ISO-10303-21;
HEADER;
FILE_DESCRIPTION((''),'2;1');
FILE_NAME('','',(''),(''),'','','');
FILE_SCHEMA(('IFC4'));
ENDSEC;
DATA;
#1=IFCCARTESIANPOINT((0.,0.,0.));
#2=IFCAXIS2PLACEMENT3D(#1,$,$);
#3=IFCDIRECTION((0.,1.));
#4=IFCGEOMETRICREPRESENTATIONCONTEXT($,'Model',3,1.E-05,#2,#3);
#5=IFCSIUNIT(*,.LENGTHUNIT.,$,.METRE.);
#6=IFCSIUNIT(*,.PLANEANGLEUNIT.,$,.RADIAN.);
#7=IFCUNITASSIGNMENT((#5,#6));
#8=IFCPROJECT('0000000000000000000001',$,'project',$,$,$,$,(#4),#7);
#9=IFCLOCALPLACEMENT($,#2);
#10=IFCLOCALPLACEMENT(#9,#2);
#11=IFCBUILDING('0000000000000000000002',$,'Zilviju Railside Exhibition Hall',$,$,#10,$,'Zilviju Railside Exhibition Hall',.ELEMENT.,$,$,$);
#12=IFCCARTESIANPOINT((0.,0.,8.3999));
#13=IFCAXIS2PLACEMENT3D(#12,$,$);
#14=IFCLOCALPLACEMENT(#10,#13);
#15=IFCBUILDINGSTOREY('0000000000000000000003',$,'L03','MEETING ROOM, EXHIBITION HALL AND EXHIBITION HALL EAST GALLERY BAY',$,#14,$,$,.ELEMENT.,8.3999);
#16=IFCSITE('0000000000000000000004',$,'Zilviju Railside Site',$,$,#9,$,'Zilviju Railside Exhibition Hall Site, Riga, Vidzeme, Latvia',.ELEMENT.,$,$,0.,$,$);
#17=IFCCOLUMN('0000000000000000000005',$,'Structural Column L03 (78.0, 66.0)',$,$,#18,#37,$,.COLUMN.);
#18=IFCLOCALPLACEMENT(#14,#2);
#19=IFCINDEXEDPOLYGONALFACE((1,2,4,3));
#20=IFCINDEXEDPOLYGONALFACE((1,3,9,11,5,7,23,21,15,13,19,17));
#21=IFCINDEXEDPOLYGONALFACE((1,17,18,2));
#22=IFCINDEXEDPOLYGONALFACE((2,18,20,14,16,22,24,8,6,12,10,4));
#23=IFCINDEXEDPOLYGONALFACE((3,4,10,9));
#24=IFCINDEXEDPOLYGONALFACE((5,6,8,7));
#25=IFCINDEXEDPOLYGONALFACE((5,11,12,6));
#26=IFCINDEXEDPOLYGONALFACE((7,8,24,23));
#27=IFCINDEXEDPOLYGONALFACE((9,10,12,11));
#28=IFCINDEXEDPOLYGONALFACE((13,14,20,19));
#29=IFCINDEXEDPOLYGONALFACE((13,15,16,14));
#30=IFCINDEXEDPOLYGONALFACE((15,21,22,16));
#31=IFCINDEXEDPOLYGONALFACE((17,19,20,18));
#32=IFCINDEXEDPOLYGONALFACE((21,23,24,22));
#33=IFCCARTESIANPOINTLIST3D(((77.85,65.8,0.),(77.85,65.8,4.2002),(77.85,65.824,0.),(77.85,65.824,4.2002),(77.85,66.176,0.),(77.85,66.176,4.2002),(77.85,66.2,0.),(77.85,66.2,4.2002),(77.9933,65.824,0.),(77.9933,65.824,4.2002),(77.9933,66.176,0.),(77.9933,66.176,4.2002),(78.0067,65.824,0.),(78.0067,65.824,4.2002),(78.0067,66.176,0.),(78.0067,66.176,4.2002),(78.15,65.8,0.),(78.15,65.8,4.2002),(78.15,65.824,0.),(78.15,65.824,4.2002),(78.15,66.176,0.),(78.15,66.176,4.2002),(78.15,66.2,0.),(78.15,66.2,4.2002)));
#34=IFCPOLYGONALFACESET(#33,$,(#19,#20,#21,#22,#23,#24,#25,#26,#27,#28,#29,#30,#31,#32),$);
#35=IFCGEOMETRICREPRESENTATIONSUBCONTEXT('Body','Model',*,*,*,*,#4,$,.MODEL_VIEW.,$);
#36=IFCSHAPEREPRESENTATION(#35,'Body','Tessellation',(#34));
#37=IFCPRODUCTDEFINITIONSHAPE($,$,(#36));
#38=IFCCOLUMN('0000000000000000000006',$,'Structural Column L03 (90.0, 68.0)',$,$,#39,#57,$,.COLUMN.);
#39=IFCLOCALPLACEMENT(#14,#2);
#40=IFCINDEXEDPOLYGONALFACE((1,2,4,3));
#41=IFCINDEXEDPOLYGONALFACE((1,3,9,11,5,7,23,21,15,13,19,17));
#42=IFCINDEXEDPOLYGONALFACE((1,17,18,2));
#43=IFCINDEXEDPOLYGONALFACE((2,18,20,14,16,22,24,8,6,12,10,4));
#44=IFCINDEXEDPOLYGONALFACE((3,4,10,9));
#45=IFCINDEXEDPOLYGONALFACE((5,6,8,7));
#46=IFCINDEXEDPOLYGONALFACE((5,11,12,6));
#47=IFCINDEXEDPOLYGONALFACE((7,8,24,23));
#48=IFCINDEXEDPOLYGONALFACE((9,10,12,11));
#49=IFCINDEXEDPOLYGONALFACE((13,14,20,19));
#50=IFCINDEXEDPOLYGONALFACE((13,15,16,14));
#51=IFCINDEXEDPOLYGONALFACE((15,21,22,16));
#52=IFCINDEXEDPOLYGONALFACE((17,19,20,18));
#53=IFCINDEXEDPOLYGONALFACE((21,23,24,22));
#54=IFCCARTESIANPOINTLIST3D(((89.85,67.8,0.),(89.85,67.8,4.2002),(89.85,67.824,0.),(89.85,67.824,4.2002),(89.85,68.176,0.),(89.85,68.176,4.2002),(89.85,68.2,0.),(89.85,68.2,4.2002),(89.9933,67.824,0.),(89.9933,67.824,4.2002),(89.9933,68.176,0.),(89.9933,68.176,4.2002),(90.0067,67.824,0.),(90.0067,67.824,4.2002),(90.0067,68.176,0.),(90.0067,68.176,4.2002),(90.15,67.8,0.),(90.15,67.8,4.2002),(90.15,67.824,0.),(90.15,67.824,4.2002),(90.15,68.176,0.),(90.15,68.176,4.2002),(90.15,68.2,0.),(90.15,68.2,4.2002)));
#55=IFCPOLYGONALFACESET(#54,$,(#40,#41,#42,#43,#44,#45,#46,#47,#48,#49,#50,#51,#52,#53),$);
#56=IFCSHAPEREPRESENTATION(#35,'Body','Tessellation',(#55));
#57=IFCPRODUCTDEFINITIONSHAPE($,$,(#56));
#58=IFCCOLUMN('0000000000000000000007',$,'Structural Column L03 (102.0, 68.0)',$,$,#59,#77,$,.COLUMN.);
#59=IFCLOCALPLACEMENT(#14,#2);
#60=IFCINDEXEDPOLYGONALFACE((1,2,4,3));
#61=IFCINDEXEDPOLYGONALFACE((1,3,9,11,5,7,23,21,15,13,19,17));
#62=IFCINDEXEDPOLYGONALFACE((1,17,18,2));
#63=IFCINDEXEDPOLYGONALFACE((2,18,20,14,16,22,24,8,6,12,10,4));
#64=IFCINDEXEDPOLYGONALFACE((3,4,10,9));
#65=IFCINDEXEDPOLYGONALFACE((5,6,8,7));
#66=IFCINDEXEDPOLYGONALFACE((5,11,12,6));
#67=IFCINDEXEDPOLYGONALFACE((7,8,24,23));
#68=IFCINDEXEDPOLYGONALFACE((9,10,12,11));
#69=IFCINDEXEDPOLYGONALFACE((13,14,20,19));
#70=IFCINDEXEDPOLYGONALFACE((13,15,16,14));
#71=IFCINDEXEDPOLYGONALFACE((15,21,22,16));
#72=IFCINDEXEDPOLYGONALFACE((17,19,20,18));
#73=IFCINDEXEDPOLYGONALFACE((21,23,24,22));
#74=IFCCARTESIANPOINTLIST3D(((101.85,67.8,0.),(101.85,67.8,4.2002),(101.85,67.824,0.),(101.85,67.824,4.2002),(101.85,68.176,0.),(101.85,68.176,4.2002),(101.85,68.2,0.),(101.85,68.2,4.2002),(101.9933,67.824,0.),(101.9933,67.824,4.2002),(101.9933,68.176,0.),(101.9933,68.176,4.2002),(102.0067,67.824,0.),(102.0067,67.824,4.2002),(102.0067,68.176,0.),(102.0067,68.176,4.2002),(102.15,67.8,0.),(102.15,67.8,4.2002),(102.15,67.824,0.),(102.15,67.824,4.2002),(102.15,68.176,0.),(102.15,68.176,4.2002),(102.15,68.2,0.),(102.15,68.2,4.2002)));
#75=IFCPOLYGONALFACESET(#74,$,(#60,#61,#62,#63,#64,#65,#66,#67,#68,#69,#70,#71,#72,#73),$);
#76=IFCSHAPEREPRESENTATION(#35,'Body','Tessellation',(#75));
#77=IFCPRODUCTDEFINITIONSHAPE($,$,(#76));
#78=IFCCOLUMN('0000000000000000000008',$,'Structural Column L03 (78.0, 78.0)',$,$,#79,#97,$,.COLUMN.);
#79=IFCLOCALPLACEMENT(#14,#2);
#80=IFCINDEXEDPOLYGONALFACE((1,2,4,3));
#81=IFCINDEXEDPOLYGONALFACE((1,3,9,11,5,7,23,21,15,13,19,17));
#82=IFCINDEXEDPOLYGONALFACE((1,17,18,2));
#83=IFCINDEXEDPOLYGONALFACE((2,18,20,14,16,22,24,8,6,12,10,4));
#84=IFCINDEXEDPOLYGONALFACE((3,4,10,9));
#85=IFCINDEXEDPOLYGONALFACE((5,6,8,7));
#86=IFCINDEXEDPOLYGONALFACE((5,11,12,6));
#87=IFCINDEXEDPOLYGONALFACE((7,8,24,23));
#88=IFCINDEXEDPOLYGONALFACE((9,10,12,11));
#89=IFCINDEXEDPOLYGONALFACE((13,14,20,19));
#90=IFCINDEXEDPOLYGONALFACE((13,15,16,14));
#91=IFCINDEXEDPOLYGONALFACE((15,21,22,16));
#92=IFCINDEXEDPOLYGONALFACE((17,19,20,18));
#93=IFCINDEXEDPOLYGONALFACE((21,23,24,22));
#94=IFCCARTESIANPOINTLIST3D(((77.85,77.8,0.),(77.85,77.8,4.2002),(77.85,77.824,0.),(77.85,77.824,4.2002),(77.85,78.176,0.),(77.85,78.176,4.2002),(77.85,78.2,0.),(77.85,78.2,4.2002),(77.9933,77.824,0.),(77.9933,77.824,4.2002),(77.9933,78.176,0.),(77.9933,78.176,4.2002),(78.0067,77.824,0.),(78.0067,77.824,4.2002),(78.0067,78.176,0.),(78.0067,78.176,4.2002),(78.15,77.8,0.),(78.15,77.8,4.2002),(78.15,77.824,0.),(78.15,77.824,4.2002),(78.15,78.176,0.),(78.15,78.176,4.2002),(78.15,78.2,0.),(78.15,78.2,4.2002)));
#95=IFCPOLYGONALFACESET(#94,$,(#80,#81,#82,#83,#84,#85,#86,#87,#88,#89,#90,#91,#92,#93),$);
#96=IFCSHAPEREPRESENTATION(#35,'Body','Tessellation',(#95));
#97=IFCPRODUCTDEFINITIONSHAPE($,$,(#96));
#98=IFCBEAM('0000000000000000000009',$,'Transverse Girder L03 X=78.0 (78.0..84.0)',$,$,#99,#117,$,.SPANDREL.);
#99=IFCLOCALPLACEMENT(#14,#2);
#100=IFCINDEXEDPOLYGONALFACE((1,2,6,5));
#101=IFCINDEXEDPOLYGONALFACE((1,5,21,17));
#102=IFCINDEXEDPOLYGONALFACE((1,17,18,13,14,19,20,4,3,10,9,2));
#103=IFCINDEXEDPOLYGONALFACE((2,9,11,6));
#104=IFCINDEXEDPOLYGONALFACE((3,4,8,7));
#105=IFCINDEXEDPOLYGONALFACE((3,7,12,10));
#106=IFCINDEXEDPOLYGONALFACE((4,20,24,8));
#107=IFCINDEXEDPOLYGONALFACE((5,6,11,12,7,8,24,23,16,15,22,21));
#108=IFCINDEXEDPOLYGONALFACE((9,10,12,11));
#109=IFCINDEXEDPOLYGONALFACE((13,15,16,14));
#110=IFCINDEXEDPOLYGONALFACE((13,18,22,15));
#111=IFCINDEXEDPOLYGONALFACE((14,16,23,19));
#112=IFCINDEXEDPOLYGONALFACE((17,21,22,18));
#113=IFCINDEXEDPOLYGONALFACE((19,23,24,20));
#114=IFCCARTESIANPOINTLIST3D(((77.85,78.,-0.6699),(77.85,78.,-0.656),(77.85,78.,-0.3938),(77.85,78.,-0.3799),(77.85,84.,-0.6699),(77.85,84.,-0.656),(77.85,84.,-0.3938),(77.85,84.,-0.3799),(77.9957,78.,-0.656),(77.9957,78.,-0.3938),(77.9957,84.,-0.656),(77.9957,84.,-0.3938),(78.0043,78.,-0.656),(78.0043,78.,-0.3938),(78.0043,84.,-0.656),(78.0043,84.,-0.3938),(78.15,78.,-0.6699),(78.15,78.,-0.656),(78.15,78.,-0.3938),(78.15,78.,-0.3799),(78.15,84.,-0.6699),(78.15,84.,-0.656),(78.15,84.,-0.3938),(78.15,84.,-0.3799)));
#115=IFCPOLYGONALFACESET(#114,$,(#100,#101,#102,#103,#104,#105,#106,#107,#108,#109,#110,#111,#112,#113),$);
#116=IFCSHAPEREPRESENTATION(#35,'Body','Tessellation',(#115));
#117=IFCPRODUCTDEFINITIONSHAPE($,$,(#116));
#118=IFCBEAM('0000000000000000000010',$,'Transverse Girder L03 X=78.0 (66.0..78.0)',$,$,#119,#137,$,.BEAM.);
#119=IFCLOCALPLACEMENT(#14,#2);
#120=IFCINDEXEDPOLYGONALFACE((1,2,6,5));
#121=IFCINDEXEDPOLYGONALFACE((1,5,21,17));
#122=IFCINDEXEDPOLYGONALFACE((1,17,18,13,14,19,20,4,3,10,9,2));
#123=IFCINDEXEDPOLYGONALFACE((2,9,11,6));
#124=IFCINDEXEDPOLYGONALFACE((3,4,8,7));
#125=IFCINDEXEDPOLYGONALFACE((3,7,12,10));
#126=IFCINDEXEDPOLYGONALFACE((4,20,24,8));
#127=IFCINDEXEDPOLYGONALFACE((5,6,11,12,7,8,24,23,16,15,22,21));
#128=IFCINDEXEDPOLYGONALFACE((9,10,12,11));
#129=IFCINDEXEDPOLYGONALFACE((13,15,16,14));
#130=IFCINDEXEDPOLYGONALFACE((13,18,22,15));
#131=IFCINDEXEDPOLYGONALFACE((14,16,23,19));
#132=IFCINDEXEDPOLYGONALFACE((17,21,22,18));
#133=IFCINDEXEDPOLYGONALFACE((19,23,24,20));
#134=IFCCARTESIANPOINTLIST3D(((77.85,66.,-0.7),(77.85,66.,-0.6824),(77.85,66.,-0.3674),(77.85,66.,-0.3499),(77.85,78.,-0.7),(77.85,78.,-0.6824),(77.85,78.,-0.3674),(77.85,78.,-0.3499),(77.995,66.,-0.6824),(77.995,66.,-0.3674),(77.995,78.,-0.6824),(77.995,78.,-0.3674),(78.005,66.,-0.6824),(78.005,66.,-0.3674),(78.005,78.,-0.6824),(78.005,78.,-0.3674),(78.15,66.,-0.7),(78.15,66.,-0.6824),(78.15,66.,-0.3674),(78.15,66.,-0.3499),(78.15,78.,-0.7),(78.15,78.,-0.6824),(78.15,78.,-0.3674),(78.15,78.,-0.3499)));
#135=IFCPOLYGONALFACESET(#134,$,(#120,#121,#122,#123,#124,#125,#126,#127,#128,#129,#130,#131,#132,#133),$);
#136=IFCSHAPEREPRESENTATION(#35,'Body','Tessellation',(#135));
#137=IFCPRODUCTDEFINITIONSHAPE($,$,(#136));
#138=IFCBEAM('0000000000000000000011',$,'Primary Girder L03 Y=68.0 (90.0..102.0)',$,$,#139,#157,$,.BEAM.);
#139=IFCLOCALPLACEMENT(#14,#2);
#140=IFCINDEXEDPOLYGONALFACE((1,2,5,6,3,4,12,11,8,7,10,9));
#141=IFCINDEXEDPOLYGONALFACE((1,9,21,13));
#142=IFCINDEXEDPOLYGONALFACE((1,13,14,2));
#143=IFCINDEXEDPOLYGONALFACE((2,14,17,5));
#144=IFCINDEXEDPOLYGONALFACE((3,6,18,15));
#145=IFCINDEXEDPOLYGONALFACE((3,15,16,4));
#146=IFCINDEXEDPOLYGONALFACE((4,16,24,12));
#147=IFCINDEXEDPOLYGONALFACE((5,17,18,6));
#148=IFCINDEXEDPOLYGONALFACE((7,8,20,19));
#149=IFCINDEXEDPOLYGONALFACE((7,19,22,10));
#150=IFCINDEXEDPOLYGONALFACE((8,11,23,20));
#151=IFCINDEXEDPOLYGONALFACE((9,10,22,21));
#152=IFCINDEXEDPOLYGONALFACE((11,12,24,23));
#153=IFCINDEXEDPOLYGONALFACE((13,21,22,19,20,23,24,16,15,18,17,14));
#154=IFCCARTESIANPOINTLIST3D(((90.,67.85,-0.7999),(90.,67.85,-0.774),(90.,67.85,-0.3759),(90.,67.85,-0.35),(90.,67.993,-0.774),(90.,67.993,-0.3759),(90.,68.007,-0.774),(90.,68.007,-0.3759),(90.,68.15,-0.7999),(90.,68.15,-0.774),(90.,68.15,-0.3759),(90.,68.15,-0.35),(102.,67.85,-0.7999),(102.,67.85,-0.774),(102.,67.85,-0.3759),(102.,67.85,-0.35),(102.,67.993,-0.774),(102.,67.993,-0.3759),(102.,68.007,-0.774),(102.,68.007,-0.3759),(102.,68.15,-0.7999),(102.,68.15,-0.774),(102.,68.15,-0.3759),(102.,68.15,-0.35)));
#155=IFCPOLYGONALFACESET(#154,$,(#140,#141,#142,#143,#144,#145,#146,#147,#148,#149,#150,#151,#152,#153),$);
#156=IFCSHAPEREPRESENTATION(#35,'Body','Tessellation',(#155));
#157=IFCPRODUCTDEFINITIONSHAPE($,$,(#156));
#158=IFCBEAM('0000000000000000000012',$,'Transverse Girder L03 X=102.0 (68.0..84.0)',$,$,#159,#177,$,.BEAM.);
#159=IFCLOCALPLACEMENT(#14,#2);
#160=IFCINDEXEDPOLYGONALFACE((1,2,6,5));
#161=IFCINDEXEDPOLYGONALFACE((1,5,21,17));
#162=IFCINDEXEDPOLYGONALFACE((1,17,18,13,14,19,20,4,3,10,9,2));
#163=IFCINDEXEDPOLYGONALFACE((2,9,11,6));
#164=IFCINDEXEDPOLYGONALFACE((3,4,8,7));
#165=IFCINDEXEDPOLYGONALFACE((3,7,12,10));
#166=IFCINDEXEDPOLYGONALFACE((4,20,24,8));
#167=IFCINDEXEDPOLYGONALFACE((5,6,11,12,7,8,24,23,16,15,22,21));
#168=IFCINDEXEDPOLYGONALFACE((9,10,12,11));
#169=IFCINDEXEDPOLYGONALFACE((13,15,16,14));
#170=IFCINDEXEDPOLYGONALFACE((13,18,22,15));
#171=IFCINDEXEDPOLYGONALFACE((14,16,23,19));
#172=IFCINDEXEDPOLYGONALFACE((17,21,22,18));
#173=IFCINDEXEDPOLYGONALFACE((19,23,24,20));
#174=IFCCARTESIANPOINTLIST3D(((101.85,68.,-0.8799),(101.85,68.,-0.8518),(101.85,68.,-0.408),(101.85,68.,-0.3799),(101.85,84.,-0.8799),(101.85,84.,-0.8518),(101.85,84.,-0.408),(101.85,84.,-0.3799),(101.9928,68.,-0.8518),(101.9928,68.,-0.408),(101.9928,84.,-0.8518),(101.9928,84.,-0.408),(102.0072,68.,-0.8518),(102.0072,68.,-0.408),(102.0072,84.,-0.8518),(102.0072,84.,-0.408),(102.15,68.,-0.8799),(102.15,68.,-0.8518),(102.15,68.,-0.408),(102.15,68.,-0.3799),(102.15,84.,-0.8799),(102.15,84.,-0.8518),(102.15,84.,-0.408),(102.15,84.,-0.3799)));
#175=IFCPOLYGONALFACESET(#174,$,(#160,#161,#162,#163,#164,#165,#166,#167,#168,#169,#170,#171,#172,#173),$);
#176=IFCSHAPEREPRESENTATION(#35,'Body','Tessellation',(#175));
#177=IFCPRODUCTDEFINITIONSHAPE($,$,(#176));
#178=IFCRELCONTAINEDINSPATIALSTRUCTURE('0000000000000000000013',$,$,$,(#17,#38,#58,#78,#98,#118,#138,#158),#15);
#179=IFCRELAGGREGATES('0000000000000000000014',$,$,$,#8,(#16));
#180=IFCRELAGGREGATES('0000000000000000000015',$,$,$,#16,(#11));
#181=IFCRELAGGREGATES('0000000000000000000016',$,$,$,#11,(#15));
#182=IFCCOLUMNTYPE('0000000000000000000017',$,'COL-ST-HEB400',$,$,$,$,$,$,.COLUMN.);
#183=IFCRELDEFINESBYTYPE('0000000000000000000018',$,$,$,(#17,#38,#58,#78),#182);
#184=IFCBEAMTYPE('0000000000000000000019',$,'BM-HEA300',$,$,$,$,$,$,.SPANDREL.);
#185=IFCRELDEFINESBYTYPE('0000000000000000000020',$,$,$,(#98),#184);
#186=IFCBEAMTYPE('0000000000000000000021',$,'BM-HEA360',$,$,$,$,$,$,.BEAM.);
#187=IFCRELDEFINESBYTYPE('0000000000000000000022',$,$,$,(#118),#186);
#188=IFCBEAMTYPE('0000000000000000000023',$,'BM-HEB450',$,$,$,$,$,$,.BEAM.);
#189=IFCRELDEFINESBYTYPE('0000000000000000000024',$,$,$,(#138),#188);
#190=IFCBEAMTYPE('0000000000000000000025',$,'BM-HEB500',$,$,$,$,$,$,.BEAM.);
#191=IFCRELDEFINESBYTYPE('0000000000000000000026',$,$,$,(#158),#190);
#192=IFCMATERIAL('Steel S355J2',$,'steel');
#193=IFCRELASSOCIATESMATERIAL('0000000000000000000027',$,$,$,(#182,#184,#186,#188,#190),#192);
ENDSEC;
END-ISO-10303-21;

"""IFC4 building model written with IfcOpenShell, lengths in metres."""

from ifc_helpers import new_model, si_unit, direction, frame, origin, origin_2d, place, context, subcontext, project, spatial, i_section, extrude, material, material_profile, profile_set, type_object, element, save


model = new_model("IFC4")

# Units and contexts
model_context = context("Model", 3, precision=1e-05, world=origin(), true_north=direction((0.0, 1.0)))
body_context = subcontext(model_context, "Body", "Model", "MODEL_VIEW")
ifc_project = project(units=[si_unit("LENGTHUNIT", "METRE"), si_unit("PLANEANGLEUNIT", "RADIAN")], contexts=[model_context])

# Site, building, storey
site_placement = place(None, origin())
site = spatial("IfcSite", under=ifc_project, at=site_placement, Name="Zilviju Railside Site", LongName="Zilviju Railside Exhibition Hall Site, Riga, Vidzeme, Latvia", CompositionType="ELEMENT", RefElevation=0.0)
building_placement = place(site_placement, origin())
building = spatial("IfcBuilding", under=site, at=building_placement, Name="Zilviju Railside Exhibition Hall", LongName="Zilviju Railside Exhibition Hall", CompositionType="ELEMENT")
storey_placement = place(building_placement, frame((0.0, 0.0, 8.3999)))
storey = spatial("IfcBuildingStorey", under=building, at=storey_placement, Name="L03", Description="MEETING ROOM, EXHIBITION HALL AND EXHIBITION HALL EAST GALLERY BAY", CompositionType="ELEMENT", Elevation=8.3999)

# Columns
ifc_material_1 = material(Name="Steel S355J2", Category="steel")
ifc_material_profile_1 = material_profile(ifc_material_1, i_section(OverallWidth=0.3, OverallDepth=0.3999, WebThickness=0.0134, FlangeThickness=0.0239, at=origin_2d()), Name="HEB 400")
ifc_profile_set_1 = profile_set([ifc_material_profile_1], Name="Steel S355J2")
column_type = type_object("IfcColumnType", Name="COL-ST-HEB400", PredefinedType="COLUMN", material=ifc_profile_set_1)
for number, where, z_axis, x_axis, name in (
    (1, (78.0, 66.0, 0.0), (0.0, 0.0, 1.0), (1.0, 0.0, 0.0), "Structural Column L03 (78.0, 66.0)"),
    (2, (90.0, 68.0, 0.0), (0.0, 0.0, 1.0), (1.0, 0.0, 0.0), "Structural Column L03 (90.0, 68.0)"),
    (3, (102.0, 68.0, 0.0), (0.0, 0.0, 1.0), (1.0, 0.0, 0.0), "Structural Column L03 (102.0, 68.0)"),
    (4, (78.0, 78.0, 0.0), (0.0, 0.0, 1.0), (1.0, 0.0, 0.0), "Structural Column L03 (78.0, 78.0)"),
):
    element("IfcColumn", number, at=place(storey_placement, frame(where, z_axis=z_axis, x_axis=x_axis)), inside=storey, type_object=column_type, Name=name, PredefinedType="COLUMN", context=body_context, shape_type="SweptSolid", body=[
        extrude(i_section(OverallWidth=0.3, OverallDepth=0.3999, WebThickness=0.0134, FlangeThickness=0.0239, at=origin_2d()), origin(), (0.0, 0.0, 1.0), 4.2002),
    ])

# Beams
ifc_material_profile_2 = material_profile(ifc_material_1, i_section(OverallWidth=0.3, OverallDepth=0.29, WebThickness=0.0085, FlangeThickness=0.0139, at=origin_2d()), Name="HEA 300")
ifc_profile_set_2 = profile_set([ifc_material_profile_2], Name="Steel S355J2")
beam_type_1 = type_object("IfcBeamType", Name="BM-HEA300", PredefinedType="SPANDREL", material=ifc_profile_set_2)
beam_1_placement = place(storey_placement, frame((78.0, 78.0, -0.5249), z_axis=(0.0, 1.0, 0.0), x_axis=(-1.0, 0.0, 0.0)))
element("IfcBeam", 5, at=beam_1_placement, inside=storey, type_object=beam_type_1, Name="Transverse Girder L03 X=78.0 (78.0..84.0)", PredefinedType="SPANDREL", context=body_context, shape_type="SweptSolid", body=[
    extrude(i_section(OverallWidth=0.3, OverallDepth=0.29, WebThickness=0.0085, FlangeThickness=0.0139, at=origin_2d()), origin(), (0.0, 0.0, 1.0), 6.0),
])
ifc_material_profile_3 = material_profile(ifc_material_1, i_section(OverallWidth=0.3, OverallDepth=0.3501, WebThickness=0.01, FlangeThickness=0.0176, at=origin_2d()), Name="HEA 360")
ifc_profile_set_3 = profile_set([ifc_material_profile_3], Name="Steel S355J2")
beam_type_2 = type_object("IfcBeamType", Name="BM-HEA360", PredefinedType="BEAM", material=ifc_profile_set_3)
beam_2_placement = place(storey_placement, frame((78.0, 66.0, -0.5249), z_axis=(0.0, 1.0, 0.0), x_axis=(-1.0, 0.0, 0.0)))
element("IfcBeam", 6, at=beam_2_placement, inside=storey, type_object=beam_type_2, Name="Transverse Girder L03 X=78.0 (66.0..78.0)", PredefinedType="BEAM", context=body_context, shape_type="SweptSolid", body=[
    extrude(i_section(OverallWidth=0.3, OverallDepth=0.3501, WebThickness=0.01, FlangeThickness=0.0176, at=origin_2d()), origin(), (0.0, 0.0, 1.0), 12.0),
])
ifc_material_profile_4 = material_profile(ifc_material_1, i_section(OverallWidth=0.3, OverallDepth=0.45, WebThickness=0.0139, FlangeThickness=0.0259, at=origin_2d()), Name="HEB 450")
ifc_profile_set_4 = profile_set([ifc_material_profile_4], Name="Steel S355J2")
beam_type_3 = type_object("IfcBeamType", Name="BM-HEB450", PredefinedType="BEAM", material=ifc_profile_set_4)
beam_3_placement = place(storey_placement, frame((90.0, 68.0, -0.575), z_axis=(1.0, 0.0, 0.0), x_axis=(0.0, 1.0, 0.0)))
element("IfcBeam", 7, at=beam_3_placement, inside=storey, type_object=beam_type_3, Name="Primary Girder L03 Y=68.0 (90.0..102.0)", PredefinedType="BEAM", context=body_context, shape_type="SweptSolid", body=[
    extrude(i_section(OverallWidth=0.3, OverallDepth=0.45, WebThickness=0.0139, FlangeThickness=0.0259, at=origin_2d()), origin(), (0.0, 0.0, 1.0), 12.0),
])
ifc_material_profile_5 = material_profile(ifc_material_1, i_section(OverallWidth=0.3, OverallDepth=0.5, WebThickness=0.0144, FlangeThickness=0.0281, at=origin_2d()), Name="HEB 500")
ifc_profile_set_5 = profile_set([ifc_material_profile_5], Name="Steel S355J2")
beam_type_4 = type_object("IfcBeamType", Name="BM-HEB500", PredefinedType="BEAM", material=ifc_profile_set_5)
beam_4_placement = place(storey_placement, frame((102.0, 68.0, -0.6299), z_axis=(0.0, 1.0, 0.0), x_axis=(-1.0, 0.0, 0.0)))
element("IfcBeam", 8, at=beam_4_placement, inside=storey, type_object=beam_type_4, Name="Transverse Girder L03 X=102.0 (68.0..84.0)", PredefinedType="BEAM", context=body_context, shape_type="SweptSolid", body=[
    extrude(i_section(OverallWidth=0.3, OverallDepth=0.5, WebThickness=0.0144, FlangeThickness=0.0281, at=origin_2d()), origin(), (0.0, 0.0, 1.0), 16.0),
])

save(model, "model.ifc")
